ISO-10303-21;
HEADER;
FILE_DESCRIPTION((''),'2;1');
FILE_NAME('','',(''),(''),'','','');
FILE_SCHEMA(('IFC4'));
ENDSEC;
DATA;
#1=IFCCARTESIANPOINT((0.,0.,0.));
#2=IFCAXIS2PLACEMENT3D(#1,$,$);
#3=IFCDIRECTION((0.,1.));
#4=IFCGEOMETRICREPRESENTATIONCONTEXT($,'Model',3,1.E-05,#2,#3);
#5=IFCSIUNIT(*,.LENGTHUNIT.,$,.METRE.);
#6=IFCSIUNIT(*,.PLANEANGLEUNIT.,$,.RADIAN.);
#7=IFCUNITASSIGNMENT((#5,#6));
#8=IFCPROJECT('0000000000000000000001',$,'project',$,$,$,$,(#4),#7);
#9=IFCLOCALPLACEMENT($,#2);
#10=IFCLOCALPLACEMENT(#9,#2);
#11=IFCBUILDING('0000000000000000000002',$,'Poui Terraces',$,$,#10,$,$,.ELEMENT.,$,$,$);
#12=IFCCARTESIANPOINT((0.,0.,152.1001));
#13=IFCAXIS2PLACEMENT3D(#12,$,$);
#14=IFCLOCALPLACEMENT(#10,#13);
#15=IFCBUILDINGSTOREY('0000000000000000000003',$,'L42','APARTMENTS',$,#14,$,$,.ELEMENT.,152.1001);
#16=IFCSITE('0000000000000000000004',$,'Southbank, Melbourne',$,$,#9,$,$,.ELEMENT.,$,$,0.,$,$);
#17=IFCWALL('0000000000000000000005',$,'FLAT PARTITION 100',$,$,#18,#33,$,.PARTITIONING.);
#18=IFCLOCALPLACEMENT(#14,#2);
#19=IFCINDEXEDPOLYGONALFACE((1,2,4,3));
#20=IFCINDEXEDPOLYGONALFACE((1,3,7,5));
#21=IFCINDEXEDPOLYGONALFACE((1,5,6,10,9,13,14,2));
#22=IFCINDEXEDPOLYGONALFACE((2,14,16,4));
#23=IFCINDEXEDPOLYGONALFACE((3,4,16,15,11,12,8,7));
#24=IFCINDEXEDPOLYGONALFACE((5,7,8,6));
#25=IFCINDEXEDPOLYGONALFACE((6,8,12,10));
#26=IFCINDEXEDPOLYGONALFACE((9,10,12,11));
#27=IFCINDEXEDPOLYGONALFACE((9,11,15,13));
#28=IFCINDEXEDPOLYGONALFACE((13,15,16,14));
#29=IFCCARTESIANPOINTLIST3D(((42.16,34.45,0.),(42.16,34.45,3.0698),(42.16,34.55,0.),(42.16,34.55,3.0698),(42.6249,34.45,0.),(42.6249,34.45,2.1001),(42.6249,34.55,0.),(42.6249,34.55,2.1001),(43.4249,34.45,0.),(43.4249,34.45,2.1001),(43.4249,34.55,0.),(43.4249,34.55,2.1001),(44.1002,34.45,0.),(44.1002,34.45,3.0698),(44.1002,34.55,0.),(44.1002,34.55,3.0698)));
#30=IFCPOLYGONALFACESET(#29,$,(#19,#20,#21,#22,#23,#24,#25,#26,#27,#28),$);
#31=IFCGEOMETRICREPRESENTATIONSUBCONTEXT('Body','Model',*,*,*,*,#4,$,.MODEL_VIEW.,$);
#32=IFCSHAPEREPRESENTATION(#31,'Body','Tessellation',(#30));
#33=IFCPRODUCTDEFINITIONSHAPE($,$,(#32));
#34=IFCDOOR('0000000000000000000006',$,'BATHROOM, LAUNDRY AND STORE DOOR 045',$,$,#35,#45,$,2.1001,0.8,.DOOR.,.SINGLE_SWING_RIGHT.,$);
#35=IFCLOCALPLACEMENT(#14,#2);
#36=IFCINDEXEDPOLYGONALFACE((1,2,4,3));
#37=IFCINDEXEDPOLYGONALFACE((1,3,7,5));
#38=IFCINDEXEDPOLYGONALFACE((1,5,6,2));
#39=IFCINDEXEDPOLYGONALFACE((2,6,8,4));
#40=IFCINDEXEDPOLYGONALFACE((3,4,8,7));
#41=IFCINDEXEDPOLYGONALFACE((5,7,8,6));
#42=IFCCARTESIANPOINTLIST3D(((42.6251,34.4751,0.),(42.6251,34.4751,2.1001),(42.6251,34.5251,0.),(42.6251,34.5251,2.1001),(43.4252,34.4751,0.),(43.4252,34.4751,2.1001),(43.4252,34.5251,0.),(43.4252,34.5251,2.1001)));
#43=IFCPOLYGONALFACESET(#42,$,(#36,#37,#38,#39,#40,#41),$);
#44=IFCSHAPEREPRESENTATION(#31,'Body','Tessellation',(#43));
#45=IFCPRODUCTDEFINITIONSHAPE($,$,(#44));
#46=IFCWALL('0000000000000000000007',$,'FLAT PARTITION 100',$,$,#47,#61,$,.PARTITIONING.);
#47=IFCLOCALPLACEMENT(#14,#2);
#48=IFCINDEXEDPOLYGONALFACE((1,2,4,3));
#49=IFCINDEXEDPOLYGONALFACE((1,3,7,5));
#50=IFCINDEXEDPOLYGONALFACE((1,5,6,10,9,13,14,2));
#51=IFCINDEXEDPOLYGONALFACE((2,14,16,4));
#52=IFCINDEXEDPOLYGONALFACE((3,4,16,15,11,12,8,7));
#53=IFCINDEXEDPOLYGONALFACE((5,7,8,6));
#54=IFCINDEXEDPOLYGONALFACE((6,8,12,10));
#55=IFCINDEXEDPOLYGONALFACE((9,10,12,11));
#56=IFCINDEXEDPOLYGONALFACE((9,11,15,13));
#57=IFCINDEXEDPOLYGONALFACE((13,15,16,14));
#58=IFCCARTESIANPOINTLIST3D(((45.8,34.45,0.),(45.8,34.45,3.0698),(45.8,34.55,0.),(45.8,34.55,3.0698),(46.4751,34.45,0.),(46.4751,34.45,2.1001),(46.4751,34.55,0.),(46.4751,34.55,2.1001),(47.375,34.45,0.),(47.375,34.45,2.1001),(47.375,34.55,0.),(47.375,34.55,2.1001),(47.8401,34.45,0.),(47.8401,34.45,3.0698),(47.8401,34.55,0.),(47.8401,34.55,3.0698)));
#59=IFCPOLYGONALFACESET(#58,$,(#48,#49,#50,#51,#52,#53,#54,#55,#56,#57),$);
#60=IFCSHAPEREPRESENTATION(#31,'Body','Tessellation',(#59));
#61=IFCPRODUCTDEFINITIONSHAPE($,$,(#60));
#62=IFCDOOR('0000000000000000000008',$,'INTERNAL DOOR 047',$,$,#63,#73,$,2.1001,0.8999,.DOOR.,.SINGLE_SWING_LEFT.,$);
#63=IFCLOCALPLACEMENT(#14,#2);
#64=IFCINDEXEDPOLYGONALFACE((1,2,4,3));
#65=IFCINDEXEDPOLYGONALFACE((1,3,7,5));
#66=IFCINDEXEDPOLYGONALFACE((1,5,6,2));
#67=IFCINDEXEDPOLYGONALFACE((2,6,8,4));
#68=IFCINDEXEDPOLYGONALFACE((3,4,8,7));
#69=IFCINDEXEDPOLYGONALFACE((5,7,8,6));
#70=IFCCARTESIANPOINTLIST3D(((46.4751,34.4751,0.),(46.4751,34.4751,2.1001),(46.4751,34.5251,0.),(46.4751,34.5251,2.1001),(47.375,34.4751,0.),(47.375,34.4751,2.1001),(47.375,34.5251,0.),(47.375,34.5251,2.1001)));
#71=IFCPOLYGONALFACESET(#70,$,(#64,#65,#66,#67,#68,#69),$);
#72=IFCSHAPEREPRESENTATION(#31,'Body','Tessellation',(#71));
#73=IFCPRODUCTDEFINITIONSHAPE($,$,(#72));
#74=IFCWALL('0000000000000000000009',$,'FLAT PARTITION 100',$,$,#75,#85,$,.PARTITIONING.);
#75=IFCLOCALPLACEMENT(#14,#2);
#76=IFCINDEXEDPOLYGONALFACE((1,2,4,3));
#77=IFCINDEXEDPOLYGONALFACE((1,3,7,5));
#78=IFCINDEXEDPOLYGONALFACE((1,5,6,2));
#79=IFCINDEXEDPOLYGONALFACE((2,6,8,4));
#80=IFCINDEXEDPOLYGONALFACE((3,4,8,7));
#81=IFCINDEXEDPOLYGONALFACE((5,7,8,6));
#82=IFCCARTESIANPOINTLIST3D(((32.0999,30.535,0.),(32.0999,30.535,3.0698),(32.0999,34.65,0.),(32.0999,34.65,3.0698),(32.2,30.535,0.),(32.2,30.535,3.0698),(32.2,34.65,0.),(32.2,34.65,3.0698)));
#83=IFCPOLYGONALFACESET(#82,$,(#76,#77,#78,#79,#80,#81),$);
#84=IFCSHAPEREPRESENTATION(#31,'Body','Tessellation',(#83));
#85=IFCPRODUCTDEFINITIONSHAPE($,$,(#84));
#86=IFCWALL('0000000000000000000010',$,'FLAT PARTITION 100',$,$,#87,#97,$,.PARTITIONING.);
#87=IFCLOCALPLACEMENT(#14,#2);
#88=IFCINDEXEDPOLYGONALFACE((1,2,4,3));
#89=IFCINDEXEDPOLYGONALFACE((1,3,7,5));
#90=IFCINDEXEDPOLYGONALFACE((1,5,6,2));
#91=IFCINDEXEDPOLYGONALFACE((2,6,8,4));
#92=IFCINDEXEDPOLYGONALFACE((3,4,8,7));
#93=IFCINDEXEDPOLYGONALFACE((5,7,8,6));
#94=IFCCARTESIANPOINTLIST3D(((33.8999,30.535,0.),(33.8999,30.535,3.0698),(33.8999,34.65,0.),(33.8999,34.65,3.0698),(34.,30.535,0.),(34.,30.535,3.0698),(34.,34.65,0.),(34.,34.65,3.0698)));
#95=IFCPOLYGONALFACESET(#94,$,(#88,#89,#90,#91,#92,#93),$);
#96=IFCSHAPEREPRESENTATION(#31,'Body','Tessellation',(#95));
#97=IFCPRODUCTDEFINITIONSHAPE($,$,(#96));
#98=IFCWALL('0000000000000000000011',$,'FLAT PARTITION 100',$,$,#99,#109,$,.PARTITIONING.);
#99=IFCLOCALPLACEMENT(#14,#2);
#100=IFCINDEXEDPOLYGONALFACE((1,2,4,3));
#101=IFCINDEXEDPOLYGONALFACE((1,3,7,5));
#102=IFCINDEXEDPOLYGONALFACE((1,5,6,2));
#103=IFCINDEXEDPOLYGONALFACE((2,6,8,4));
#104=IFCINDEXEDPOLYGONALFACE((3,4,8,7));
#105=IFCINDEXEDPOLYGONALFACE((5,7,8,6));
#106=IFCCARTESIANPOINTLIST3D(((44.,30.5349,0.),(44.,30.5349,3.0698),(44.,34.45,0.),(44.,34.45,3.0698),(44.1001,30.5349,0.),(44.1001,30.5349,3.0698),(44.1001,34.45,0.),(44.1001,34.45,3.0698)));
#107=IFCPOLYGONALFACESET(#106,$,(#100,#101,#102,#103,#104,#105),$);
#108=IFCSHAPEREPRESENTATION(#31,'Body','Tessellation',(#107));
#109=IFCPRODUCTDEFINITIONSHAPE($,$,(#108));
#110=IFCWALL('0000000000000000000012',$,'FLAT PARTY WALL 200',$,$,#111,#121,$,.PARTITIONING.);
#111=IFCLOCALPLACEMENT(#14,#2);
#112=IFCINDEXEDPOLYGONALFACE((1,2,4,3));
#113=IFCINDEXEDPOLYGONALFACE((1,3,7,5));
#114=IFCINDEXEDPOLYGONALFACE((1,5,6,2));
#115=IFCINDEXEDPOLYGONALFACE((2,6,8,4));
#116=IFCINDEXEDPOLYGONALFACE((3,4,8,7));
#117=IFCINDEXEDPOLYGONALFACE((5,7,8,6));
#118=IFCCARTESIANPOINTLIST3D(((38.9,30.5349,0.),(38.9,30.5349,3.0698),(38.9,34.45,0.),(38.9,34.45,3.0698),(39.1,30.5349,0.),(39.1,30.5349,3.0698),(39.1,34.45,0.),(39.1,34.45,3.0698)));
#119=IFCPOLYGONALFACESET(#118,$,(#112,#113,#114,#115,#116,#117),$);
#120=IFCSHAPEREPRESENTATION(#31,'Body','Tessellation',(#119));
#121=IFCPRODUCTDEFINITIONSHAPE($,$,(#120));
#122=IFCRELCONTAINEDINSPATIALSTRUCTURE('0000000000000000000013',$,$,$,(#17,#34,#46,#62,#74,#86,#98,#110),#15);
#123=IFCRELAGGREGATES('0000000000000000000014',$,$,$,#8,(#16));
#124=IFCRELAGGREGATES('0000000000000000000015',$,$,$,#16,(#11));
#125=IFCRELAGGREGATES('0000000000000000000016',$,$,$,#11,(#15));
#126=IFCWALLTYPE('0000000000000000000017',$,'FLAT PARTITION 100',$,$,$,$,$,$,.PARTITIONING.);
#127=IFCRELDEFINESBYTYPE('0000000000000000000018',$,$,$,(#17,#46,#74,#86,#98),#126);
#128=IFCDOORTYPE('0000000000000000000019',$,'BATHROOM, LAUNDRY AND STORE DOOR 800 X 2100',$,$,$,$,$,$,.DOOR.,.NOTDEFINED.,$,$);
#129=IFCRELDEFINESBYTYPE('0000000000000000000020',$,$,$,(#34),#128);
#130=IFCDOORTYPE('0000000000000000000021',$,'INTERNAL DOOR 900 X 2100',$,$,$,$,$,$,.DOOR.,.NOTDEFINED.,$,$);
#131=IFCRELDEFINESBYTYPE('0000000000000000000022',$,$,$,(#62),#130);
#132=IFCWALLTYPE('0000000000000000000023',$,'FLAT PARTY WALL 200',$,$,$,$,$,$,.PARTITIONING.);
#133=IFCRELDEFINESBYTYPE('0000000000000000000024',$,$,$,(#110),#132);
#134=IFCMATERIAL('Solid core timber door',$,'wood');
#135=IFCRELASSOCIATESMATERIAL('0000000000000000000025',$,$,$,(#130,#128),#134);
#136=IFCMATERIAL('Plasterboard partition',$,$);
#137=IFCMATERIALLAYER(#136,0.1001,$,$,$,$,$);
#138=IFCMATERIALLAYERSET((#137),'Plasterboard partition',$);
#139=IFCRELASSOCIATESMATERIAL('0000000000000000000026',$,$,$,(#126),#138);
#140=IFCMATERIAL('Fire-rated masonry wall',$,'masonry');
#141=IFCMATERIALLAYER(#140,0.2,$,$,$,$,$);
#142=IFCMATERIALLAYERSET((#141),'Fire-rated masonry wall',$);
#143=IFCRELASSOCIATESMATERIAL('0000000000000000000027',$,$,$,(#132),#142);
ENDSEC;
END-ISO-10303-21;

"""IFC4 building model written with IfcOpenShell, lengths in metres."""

from ifc_helpers import new_model, si_unit, direction, frame, frame_2d, origin, place, context, subcontext, project, spatial, rectangle, extrude, material, layer, layer_set, type_object, element, fill, save


model = new_model("IFC4")

# Units and contexts
model_context = context("Model", 3, precision=1e-05, world=origin(), true_north=direction((0.0, 1.0)))
body_context = subcontext(model_context, "Body", "Model", "MODEL_VIEW")
ifc_project = project(units=[si_unit("LENGTHUNIT", "METRE"), si_unit("PLANEANGLEUNIT", "RADIAN")], contexts=[model_context])

# Site, building, storey
site_placement = place(None, origin())
site = spatial("IfcSite", under=ifc_project, at=site_placement, Name="Southbank, Melbourne", CompositionType="ELEMENT", RefElevation=0.0)
building_placement = place(site_placement, origin())
building = spatial("IfcBuilding", under=site, at=building_placement, Name="Poui Terraces", CompositionType="ELEMENT")
storey_placement = place(building_placement, frame((0.0, 0.0, 152.1001)))
storey = spatial("IfcBuildingStorey", under=building, at=storey_placement, Name="L42", Description="APARTMENTS", CompositionType="ELEMENT", Elevation=152.1001)

# Walls, openings, doors
ifc_material_1 = material(Name="Solid core timber door", Category="wood")
door_type_1 = type_object("IfcDoorType", Name="INTERNAL DOOR 900 X 2100", OperationType="NOTDEFINED", PredefinedType="DOOR", material=ifc_material_1)
ifc_material_2 = material(Name="Plasterboard partition")
ifc_layer_1 = layer(ifc_material_2, 0.1001)
ifc_layer_set_1 = layer_set([ifc_layer_1], Name="Plasterboard partition")
wall_type_1 = type_object("IfcWallType", Name="FLAT PARTITION 100", PredefinedType="PARTITIONING", material=ifc_layer_set_1)
door_type_2 = type_object("IfcDoorType", Name="BATHROOM, LAUNDRY AND STORE DOOR 800 X 2100", OperationType="NOTDEFINED", PredefinedType="DOOR", material=ifc_material_1)
wall_1_placement = place(storey_placement, frame((42.1599, 34.5, 0.0), z_axis=(0.0, 0.0, 1.0), x_axis=(1.0, 0.0, 0.0)))
wall_1 = element("IfcWall", 1, at=wall_1_placement, inside=storey, type_object=wall_type_1, Name="FLAT PARTITION 100", PredefinedType="PARTITIONING", context=body_context, shape_type="SweptSolid", body=[
    extrude(rectangle(XDim=1.9402, YDim=0.1001, at=frame_2d((0.9702, 0.0))), origin(), (0.0, 0.0, 1.0), 3.0698),
])
opening_1_placement = place(wall_1_placement, frame((0.4651, 0.0, 0.0)))
opening_1 = element("IfcOpeningElement", 2, at=opening_1_placement, cuts=wall_1, PredefinedType="OPENING", context=body_context, shape_type="SweptSolid", body=[
    extrude(rectangle(XDim=0.8, YDim=2.1001, at=frame_2d((0.3999, 1.05))), frame((0.0, 0.0601, 0.0), z_axis=(0.0, -1.0, 0.0), x_axis=(1.0, 0.0, 0.0)), (0.0, 0.0, 1.0), 0.1201),
])
door_1_placement = place(opening_1_placement, frame((0.8, 0.0, 0.0), z_axis=(0.0, 0.0, 1.0), x_axis=(-1.0, 0.0, 0.0)))
door_1 = element("IfcDoor", 3, at=door_1_placement, inside=storey, type_object=door_type_2, Name="BATHROOM, LAUNDRY AND STORE DOOR 045", OperationType="SINGLE_SWING_RIGHT", OverallHeight=2.1001, OverallWidth=0.8, PredefinedType="DOOR", context=body_context, shape_type="SweptSolid", body=[
    extrude(rectangle(XDim=0.8, YDim=2.1001, at=frame_2d((0.3999, 1.05))), frame((0.0, 0.0249, 0.0), z_axis=(0.0, -1.0, 0.0), x_axis=(1.0, 0.0, 0.0)), (0.0, 0.0, 1.0), 0.05),
])
fill(opening_1, door_1)
wall_2_placement = place(storey_placement, frame((45.8, 34.5, 0.0), z_axis=(0.0, 0.0, 1.0), x_axis=(1.0, 0.0, 0.0)))
wall_2 = element("IfcWall", 4, at=wall_2_placement, inside=storey, type_object=wall_type_1, Name="FLAT PARTITION 100", PredefinedType="PARTITIONING", context=body_context, shape_type="SweptSolid", body=[
    extrude(rectangle(XDim=2.04, YDim=0.1001, at=frame_2d((1.02, 0.0))), origin(), (0.0, 0.0, 1.0), 3.0698),
])
opening_2_placement = place(wall_2_placement, frame((0.675, 0.0, 0.0)))
opening_2 = element("IfcOpeningElement", 5, at=opening_2_placement, cuts=wall_2, PredefinedType="OPENING", context=body_context, shape_type="SweptSolid", body=[
    extrude(rectangle(XDim=0.8999, YDim=2.1001, at=frame_2d((0.45, 1.05))), frame((0.0, 0.0601, 0.0), z_axis=(0.0, -1.0, 0.0), x_axis=(1.0, 0.0, 0.0)), (0.0, 0.0, 1.0), 0.1201),
])
door_2_placement = place(opening_2_placement, frame((0.8999, 0.0, 0.0), z_axis=(0.0, 0.0, 1.0), x_axis=(-1.0, 0.0, 0.0)))
door_2 = element("IfcDoor", 6, at=door_2_placement, inside=storey, type_object=door_type_1, Name="INTERNAL DOOR 047", OperationType="SINGLE_SWING_LEFT", OverallHeight=2.1001, OverallWidth=0.8999, PredefinedType="DOOR", context=body_context, shape_type="SweptSolid", body=[
    extrude(rectangle(XDim=0.8999, YDim=2.1001, at=frame_2d((0.45, 1.05))), frame((0.0, 0.0249, 0.0), z_axis=(0.0, -1.0, 0.0), x_axis=(1.0, 0.0, 0.0)), (0.0, 0.0, 1.0), 0.05),
])
fill(opening_2, door_2)

# Walls
for number, where, z_axis, x_axis, name in (
    (7, (32.1499, 30.5349, 0.0), (0.0, 0.0, 1.0), (0.0, 1.0, 0.0), "FLAT PARTITION 100"),
    (8, (33.95, 30.5349, 0.0), (0.0, 0.0, 1.0), (0.0, 1.0, 0.0), "FLAT PARTITION 100"),
):
    element("IfcWall", number, at=place(storey_placement, frame(where, z_axis=z_axis, x_axis=x_axis)), inside=storey, type_object=wall_type_1, Name=name, PredefinedType="PARTITIONING", context=body_context, shape_type="SweptSolid", body=[
        extrude(rectangle(XDim=4.115, YDim=0.1001, at=frame_2d((2.0576, 0.0))), origin(), (0.0, 0.0, 1.0), 3.0698),
    ])
wall_3_placement = place(storey_placement, frame((44.05, 30.5349, 0.0), z_axis=(0.0, 0.0, 1.0), x_axis=(0.0, 1.0, 0.0)))
element("IfcWall", 9, at=wall_3_placement, inside=storey, type_object=wall_type_1, Name="FLAT PARTITION 100", PredefinedType="PARTITIONING", context=body_context, shape_type="SweptSolid", body=[
    extrude(rectangle(XDim=3.915, YDim=0.1001, at=frame_2d((1.9575, 0.0))), origin(), (0.0, 0.0, 1.0), 3.0698),
])
ifc_material_3 = material(Name="Fire-rated masonry wall", Category="masonry")
ifc_layer_2 = layer(ifc_material_3, 0.2)
ifc_layer_set_2 = layer_set([ifc_layer_2], Name="Fire-rated masonry wall")
wall_type_2 = type_object("IfcWallType", Name="FLAT PARTY WALL 200", PredefinedType="PARTITIONING", material=ifc_layer_set_2)
wall_4_placement = place(storey_placement, frame((39.0, 30.5349, 0.0), z_axis=(0.0, 0.0, 1.0), x_axis=(0.0, 1.0, 0.0)))
element("IfcWall", 10, at=wall_4_placement, inside=storey, type_object=wall_type_2, Name="FLAT PARTY WALL 200", PredefinedType="PARTITIONING", context=body_context, shape_type="SweptSolid", body=[
    extrude(rectangle(XDim=3.915, YDim=0.2, at=frame_2d((1.9575, 0.0))), origin(), (0.0, 0.0, 1.0), 3.0698),
])

save(model, "model.ifc")
